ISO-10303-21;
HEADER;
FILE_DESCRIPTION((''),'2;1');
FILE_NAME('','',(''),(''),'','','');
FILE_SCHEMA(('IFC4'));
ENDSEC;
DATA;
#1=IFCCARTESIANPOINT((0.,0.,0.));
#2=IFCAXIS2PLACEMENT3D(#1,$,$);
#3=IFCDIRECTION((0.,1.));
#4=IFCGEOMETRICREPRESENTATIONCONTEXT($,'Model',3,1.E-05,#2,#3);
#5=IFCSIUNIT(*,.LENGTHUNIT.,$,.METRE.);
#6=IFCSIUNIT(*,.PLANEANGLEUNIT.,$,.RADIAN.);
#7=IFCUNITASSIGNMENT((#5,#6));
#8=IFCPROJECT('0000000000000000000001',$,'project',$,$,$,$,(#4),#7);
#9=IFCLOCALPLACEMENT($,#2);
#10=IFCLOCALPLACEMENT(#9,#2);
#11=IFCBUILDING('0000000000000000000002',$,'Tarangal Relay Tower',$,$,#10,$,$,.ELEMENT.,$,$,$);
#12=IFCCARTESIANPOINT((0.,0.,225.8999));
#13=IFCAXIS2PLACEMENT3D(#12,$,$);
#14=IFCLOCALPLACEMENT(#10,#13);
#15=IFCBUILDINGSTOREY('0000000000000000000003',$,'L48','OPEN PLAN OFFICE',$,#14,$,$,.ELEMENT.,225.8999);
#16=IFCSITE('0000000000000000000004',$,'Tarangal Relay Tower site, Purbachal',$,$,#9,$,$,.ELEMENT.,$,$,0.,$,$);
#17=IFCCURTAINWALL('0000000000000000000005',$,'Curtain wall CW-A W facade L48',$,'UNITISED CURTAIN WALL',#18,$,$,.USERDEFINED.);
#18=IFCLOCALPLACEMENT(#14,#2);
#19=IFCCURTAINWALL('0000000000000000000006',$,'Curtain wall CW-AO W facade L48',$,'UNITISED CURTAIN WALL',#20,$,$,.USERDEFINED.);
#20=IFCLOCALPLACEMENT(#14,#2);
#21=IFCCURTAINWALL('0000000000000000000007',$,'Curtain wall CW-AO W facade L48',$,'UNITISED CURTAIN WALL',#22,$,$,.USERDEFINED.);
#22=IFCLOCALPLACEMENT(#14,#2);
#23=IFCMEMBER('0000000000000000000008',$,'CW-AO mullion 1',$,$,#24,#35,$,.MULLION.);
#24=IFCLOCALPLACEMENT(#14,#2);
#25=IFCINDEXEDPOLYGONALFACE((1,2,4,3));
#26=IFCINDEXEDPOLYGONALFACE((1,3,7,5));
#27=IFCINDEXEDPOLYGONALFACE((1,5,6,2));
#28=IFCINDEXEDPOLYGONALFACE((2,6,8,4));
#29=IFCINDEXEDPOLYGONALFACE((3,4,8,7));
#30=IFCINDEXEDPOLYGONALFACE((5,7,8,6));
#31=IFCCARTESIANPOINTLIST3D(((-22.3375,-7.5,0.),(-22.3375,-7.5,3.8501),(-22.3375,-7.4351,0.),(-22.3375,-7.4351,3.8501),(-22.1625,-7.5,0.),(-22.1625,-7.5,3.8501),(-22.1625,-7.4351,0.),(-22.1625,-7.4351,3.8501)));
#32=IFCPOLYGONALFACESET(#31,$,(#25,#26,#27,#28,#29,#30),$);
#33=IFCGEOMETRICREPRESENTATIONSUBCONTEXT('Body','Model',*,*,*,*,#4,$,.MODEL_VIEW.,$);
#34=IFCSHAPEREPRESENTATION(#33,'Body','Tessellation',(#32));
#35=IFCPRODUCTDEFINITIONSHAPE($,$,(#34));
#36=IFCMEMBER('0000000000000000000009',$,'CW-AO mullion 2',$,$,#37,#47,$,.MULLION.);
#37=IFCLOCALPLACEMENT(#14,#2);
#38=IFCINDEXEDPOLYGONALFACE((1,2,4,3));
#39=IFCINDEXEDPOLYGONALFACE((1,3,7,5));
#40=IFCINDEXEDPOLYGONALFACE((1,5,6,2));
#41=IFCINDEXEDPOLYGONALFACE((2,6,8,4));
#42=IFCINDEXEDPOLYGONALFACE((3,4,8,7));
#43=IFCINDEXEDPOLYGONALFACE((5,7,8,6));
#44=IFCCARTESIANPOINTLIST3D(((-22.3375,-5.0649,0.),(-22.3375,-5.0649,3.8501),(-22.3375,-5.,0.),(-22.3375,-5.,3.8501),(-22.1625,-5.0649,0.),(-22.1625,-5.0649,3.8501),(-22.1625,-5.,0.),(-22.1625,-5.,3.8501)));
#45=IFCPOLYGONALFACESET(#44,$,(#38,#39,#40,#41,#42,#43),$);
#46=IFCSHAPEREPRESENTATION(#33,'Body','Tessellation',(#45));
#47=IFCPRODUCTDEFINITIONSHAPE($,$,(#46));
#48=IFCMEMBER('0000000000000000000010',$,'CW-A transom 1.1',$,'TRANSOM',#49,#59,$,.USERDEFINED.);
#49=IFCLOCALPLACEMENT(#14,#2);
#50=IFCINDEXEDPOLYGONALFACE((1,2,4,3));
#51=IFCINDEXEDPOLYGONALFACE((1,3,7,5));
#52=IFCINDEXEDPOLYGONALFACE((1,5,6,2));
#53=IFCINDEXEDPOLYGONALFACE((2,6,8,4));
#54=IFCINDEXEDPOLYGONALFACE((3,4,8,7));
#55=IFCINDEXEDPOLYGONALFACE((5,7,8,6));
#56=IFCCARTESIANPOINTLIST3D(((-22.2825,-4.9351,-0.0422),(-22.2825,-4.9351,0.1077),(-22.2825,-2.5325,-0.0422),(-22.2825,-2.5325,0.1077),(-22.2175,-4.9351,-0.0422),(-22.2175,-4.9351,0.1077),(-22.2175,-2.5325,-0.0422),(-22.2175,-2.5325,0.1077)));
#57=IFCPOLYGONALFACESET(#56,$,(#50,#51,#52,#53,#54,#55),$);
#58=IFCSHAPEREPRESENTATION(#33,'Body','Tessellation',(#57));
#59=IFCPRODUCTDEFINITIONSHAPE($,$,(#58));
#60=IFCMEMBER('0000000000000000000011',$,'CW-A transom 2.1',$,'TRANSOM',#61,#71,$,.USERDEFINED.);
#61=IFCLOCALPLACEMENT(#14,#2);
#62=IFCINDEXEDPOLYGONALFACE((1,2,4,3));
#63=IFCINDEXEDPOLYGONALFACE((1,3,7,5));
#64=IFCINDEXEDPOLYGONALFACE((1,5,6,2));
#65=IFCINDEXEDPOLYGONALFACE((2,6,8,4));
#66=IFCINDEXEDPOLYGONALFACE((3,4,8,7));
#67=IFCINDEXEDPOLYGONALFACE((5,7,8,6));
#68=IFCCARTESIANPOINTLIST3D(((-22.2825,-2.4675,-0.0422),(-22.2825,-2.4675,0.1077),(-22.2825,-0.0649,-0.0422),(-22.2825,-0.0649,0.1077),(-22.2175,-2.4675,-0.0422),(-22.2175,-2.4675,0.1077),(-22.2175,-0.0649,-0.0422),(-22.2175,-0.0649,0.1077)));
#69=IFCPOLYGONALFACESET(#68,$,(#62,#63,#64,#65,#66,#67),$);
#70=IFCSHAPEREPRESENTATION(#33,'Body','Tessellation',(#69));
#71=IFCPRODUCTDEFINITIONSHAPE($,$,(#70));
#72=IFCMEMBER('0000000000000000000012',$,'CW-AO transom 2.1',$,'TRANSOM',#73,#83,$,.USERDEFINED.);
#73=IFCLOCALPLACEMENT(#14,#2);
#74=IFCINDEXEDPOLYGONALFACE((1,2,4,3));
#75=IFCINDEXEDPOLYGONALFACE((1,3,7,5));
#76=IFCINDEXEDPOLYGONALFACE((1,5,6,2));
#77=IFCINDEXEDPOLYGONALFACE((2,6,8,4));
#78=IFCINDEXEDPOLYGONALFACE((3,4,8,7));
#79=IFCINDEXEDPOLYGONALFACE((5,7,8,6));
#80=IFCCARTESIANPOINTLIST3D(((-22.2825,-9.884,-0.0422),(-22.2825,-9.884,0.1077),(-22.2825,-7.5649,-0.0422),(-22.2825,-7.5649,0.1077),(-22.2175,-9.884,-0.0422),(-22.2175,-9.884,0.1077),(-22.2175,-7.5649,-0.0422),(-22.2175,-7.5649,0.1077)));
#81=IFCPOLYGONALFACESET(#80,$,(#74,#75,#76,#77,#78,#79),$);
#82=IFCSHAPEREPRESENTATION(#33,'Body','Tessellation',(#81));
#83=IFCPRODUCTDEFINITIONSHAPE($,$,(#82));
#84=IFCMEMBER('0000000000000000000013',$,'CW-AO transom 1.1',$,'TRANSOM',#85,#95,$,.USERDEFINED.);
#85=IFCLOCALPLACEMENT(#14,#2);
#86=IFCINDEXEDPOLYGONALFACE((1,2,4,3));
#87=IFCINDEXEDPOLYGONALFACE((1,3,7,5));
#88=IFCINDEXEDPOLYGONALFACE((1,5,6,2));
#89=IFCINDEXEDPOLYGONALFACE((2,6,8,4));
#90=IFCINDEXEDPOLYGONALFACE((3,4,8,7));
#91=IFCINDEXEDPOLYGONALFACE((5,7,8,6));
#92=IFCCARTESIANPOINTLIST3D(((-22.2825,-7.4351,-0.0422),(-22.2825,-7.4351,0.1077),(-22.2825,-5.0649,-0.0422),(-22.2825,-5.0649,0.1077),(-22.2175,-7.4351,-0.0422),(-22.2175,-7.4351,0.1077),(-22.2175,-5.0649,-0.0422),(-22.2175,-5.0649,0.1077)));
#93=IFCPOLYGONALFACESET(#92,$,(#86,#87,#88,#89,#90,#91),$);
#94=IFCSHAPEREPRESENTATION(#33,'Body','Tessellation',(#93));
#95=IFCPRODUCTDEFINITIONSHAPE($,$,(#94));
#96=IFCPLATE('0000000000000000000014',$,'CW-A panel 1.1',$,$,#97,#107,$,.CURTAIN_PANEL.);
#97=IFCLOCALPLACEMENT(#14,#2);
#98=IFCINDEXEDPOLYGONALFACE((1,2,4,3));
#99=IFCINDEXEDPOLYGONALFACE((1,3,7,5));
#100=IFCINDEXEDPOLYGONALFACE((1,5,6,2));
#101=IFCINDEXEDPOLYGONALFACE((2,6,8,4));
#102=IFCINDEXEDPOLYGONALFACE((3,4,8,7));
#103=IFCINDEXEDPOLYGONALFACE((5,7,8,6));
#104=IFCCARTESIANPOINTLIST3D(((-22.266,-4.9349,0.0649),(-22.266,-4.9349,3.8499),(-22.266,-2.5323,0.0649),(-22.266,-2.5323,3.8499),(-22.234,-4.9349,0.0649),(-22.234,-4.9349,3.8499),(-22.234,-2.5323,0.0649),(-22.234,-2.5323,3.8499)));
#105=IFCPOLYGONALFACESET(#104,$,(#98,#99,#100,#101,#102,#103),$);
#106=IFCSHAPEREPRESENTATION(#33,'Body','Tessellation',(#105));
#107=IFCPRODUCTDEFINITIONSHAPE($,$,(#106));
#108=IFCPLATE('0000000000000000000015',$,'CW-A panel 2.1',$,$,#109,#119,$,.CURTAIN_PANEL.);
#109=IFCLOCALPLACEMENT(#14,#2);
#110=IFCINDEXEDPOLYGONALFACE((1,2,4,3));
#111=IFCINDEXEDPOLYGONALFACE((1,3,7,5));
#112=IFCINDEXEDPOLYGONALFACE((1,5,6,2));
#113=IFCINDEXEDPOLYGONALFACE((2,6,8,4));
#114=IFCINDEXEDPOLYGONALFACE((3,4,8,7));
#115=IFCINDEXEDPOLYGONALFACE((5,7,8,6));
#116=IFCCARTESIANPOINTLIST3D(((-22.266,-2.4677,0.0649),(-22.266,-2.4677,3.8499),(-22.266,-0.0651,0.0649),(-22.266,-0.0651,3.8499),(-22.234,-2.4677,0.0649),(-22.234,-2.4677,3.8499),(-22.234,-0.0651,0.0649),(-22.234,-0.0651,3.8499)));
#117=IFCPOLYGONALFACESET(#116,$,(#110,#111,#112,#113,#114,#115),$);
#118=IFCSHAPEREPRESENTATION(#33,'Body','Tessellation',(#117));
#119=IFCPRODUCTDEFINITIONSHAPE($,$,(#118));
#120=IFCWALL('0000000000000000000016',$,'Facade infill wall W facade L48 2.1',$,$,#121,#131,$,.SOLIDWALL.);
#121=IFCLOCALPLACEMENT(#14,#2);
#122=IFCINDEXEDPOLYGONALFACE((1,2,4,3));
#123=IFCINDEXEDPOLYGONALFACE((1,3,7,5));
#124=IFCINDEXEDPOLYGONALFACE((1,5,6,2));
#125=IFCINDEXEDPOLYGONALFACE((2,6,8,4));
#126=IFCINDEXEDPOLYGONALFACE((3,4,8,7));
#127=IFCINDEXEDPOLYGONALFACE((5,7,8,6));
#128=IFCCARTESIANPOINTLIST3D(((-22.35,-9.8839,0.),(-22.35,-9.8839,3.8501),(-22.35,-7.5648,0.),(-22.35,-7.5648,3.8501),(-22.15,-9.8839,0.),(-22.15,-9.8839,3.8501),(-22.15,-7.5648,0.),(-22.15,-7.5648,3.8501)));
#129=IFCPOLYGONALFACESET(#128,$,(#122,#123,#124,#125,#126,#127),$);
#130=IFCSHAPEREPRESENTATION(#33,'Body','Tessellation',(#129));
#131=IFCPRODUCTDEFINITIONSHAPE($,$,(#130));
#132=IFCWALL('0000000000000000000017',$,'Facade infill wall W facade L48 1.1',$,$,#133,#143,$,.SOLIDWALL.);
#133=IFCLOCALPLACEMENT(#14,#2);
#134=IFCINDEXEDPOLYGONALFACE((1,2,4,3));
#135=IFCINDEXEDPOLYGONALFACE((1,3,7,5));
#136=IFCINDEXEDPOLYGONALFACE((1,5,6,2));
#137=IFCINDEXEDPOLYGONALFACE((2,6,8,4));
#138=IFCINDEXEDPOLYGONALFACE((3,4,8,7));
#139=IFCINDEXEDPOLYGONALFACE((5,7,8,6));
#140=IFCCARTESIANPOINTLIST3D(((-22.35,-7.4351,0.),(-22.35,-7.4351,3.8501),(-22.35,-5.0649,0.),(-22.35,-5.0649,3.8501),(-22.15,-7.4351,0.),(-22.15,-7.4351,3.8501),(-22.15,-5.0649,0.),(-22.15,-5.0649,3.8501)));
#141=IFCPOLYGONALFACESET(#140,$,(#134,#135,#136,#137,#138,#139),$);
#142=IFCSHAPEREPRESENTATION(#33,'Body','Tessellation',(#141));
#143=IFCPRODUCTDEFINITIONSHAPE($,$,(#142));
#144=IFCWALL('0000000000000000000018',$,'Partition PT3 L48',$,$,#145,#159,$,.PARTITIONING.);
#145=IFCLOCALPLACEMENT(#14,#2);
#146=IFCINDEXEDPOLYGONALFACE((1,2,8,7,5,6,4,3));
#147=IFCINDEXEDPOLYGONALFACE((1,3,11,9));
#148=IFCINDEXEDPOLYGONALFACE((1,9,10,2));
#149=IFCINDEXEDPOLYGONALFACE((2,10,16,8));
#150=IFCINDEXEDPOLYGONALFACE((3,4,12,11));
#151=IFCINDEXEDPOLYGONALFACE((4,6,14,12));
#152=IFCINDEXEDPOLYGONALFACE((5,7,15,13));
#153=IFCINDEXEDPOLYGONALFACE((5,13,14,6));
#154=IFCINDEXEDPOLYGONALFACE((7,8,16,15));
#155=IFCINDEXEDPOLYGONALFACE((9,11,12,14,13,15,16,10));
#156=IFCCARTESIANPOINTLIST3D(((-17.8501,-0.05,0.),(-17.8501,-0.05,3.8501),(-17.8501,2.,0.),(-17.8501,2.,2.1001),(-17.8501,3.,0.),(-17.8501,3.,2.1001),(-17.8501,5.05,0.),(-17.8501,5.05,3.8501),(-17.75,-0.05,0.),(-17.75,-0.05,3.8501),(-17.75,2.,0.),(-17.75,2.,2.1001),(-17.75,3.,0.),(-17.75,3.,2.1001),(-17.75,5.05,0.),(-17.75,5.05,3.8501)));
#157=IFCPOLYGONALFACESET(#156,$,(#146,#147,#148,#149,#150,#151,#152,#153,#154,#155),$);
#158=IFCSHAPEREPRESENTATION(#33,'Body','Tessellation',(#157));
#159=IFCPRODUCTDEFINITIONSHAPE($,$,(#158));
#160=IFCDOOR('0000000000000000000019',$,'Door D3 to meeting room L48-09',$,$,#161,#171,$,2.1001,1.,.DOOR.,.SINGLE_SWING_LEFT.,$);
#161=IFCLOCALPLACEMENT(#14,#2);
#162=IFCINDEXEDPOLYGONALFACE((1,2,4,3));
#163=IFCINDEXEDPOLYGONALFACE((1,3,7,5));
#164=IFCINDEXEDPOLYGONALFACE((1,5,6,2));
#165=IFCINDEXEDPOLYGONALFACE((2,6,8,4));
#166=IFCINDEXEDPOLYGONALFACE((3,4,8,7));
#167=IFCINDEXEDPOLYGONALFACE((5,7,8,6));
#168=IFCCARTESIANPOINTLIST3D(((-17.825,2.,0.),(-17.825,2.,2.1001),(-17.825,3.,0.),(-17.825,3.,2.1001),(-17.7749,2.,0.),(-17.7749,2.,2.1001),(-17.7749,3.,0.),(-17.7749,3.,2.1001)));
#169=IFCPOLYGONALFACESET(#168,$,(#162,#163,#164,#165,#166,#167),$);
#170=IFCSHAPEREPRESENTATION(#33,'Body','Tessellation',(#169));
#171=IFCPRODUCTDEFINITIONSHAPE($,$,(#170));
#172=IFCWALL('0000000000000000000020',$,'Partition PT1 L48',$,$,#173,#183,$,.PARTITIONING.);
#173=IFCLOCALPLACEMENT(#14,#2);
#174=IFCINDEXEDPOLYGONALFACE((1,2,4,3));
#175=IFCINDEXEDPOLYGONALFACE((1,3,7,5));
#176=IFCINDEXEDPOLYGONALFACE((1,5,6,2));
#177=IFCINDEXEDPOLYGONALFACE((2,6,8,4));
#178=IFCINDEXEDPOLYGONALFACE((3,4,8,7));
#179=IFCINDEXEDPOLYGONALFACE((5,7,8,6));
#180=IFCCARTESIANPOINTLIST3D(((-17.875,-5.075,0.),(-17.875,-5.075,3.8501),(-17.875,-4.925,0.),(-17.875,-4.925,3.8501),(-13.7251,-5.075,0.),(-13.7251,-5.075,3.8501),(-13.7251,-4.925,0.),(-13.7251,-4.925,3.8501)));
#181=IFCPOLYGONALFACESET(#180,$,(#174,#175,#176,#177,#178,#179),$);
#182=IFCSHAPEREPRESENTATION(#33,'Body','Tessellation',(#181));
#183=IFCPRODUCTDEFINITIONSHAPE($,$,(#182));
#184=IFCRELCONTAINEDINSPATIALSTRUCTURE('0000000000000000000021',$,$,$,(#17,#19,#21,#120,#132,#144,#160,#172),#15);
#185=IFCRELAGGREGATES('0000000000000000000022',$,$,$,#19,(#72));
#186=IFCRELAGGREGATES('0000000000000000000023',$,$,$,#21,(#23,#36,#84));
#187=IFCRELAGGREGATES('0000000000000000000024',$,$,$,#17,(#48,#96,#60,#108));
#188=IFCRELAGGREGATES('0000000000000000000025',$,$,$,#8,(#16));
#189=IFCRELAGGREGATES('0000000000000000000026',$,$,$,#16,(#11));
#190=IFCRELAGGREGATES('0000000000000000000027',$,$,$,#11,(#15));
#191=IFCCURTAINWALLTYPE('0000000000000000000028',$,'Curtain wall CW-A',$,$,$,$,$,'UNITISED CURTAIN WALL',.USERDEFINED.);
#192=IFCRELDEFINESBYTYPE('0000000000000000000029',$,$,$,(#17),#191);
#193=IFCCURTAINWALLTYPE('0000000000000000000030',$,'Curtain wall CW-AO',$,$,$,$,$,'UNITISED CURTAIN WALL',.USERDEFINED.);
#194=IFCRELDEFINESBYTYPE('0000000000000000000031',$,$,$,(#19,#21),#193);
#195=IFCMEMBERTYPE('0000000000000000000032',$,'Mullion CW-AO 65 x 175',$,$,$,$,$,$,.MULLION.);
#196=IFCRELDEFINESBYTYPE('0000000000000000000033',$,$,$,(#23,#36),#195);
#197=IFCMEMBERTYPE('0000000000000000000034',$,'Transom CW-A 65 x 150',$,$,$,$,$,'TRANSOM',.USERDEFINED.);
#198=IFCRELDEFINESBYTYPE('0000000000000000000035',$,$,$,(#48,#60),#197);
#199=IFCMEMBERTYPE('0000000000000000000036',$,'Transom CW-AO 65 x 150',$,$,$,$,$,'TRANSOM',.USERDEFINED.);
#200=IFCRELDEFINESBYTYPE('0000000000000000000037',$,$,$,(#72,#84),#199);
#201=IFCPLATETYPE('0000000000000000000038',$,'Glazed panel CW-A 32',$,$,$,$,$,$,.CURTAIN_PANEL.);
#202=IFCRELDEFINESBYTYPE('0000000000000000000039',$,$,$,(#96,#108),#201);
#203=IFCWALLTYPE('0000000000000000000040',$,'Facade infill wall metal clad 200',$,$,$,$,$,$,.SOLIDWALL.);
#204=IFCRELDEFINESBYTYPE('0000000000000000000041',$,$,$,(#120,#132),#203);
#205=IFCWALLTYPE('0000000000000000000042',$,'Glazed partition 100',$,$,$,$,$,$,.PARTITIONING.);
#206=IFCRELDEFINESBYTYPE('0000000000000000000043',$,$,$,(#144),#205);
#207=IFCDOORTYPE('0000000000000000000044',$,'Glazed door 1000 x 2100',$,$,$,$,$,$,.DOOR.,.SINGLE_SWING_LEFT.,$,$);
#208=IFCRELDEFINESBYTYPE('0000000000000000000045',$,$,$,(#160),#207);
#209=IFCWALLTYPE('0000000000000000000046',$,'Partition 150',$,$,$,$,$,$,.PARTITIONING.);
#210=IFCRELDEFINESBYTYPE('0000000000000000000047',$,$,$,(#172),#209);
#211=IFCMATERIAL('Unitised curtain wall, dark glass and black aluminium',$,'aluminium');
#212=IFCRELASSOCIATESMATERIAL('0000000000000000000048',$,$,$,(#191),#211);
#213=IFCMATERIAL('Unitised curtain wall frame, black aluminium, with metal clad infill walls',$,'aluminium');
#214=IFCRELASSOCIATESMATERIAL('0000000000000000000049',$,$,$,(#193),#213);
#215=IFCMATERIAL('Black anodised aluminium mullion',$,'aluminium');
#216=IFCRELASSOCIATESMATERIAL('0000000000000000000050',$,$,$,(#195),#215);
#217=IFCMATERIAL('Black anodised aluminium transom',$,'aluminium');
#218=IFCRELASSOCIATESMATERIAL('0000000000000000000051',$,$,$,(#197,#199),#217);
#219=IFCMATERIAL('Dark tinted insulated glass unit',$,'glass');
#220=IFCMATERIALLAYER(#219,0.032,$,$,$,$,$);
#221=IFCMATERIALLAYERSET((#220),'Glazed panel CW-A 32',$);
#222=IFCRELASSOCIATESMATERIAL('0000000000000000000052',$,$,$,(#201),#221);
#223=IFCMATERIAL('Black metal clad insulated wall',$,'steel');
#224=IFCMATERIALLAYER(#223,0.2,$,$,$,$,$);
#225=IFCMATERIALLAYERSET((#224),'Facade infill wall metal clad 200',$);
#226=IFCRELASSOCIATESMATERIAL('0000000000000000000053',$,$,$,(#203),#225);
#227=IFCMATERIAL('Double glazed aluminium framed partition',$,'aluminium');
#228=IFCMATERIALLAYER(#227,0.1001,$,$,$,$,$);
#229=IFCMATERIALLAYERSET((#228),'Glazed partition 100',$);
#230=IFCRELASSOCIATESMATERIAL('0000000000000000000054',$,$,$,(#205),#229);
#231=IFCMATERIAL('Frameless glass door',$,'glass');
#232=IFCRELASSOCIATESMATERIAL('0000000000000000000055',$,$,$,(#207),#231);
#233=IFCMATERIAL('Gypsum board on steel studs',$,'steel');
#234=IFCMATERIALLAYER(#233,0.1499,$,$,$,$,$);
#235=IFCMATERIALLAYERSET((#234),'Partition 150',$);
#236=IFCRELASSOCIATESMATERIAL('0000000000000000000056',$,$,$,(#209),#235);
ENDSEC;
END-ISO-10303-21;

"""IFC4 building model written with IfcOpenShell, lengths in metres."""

from ifc_helpers import new_model, si_unit, direction, frame, frame_2d, origin, origin_2d, place, context, subcontext, project, spatial, rectangle, extrude, material, layer, layer_set, material_profile, profile_set, type_object, element, fill, aggregate, save


model = new_model("IFC4")

# Units and contexts
model_context = context("Model", 3, precision=1e-05, world=origin(), true_north=direction((0.0, 1.0)))
body_context = subcontext(model_context, "Body", "Model", "MODEL_VIEW")
ifc_project = project(units=[si_unit("LENGTHUNIT", "METRE"), si_unit("PLANEANGLEUNIT", "RADIAN")], contexts=[model_context])

# Site, building, storey
site_placement = place(None, origin())
site = spatial("IfcSite", under=ifc_project, at=site_placement, Name="Tarangal Relay Tower site, Purbachal", CompositionType="ELEMENT", RefElevation=0.0)
building_placement = place(site_placement, origin())
building = spatial("IfcBuilding", under=site, at=building_placement, Name="Tarangal Relay Tower", CompositionType="ELEMENT")
storey_placement = place(building_placement, frame((0.0, 0.0, 225.8999)))
storey = spatial("IfcBuildingStorey", under=building, at=storey_placement, Name="L48", Description="OPEN PLAN OFFICE", CompositionType="ELEMENT", Elevation=225.8999)

# Curtain walls, members
ifc_material_1 = material(Name="Unitised curtain wall, dark glass and black aluminium", Category="aluminium")
curtain_wall_type_1 = type_object("IfcCurtainWallType", Name="Curtain wall CW-A", ElementType="UNITISED CURTAIN WALL", PredefinedType="USERDEFINED", material=ifc_material_1)
curtain_wall_1_placement = place(storey_placement, origin())
curtain_wall_1 = element("IfcCurtainWall", 1, at=curtain_wall_1_placement, inside=storey, type_object=curtain_wall_type_1, Name="Curtain wall CW-A W facade L48", ObjectType="UNITISED CURTAIN WALL", PredefinedType="USERDEFINED")
ifc_material_2 = material(Name="Black anodised aluminium mullion", Category="aluminium")
ifc_material_3 = material(Name="Unitised curtain wall frame, black aluminium, with metal clad infill walls", Category="aluminium")
curtain_wall_type_2 = type_object("IfcCurtainWallType", Name="Curtain wall CW-AO", ElementType="UNITISED CURTAIN WALL", PredefinedType="USERDEFINED", material=ifc_material_3)
curtain_wall_2_placement = place(storey_placement, origin())
curtain_wall_2 = element("IfcCurtainWall", 2, at=curtain_wall_2_placement, inside=storey, type_object=curtain_wall_type_2, Name="Curtain wall CW-AO W facade L48", ObjectType="UNITISED CURTAIN WALL", PredefinedType="USERDEFINED")
ifc_material_profile_1 = material_profile(ifc_material_2, rectangle(XDim=0.175, YDim=0.0649, at=origin_2d()), Name="CW-AOM 65X175")
ifc_profile_set_1 = profile_set([ifc_material_profile_1], Name="Black anodised aluminium mullion")
member_type_1 = type_object("IfcMemberType", Name="Mullion CW-AO 65 x 175", PredefinedType="MULLION", material=ifc_profile_set_1)
curtain_wall_3_placement = place(storey_placement, origin())
curtain_wall_3 = element("IfcCurtainWall", 3, at=curtain_wall_3_placement, inside=storey, type_object=curtain_wall_type_2, Name="Curtain wall CW-AO W facade L48", ObjectType="UNITISED CURTAIN WALL", PredefinedType="USERDEFINED")
member_1_placement = place(storey_placement, frame((-22.25, -7.4675, 0.0), z_axis=(0.0, 0.0, 1.0), x_axis=(-1.0, 0.0, 0.0)))
member_1 = element("IfcMember", 4, at=member_1_placement, type_object=member_type_1, Name="CW-AO mullion 1", PredefinedType="MULLION", context=body_context, shape_type="SweptSolid", body=[
    extrude(rectangle(XDim=0.175, YDim=0.0649, at=origin_2d()), origin(), (0.0, 0.0, 1.0), 3.8501),
])
member_2_placement = place(storey_placement, frame((-22.25, -5.0325, 0.0), z_axis=(0.0, 0.0, 1.0), x_axis=(-1.0, 0.0, 0.0)))
member_2 = element("IfcMember", 5, at=member_2_placement, type_object=member_type_1, Name="CW-AO mullion 2", PredefinedType="MULLION", context=body_context, shape_type="SweptSolid", body=[
    extrude(rectangle(XDim=0.175, YDim=0.0649, at=origin_2d()), origin(), (0.0, 0.0, 1.0), 3.8501),
])

# Members
ifc_material_4 = material(Name="Black anodised aluminium transom", Category="aluminium")
ifc_material_profile_2 = material_profile(ifc_material_4, rectangle(XDim=0.0649, YDim=0.1499, at=origin_2d()), Name="CW-AT 65X150")
ifc_profile_set_2 = profile_set([ifc_material_profile_2], Name="Black anodised aluminium transom")
member_type_2 = type_object("IfcMemberType", Name="Transom CW-A 65 x 150", ElementType="TRANSOM", PredefinedType="USERDEFINED", material=ifc_profile_set_2)
member_3_placement = place(storey_placement, frame((-22.25, -4.9351, 0.0327), z_axis=(0.0, 1.0, 0.0), x_axis=(-1.0, 0.0, 0.0)))
member_3 = element("IfcMember", 6, at=member_3_placement, type_object=member_type_2, Name="CW-A transom 1.1", ObjectType="TRANSOM", PredefinedType="USERDEFINED", context=body_context, shape_type="SweptSolid", body=[
    extrude(rectangle(XDim=0.0649, YDim=0.1499, at=origin_2d()), origin(), (0.0, 0.0, 1.0), 2.4026),
])
member_4_placement = place(storey_placement, frame((-22.25, -2.4675, 0.0327), z_axis=(0.0, 1.0, 0.0), x_axis=(-1.0, 0.0, 0.0)))
member_4 = element("IfcMember", 7, at=member_4_placement, type_object=member_type_2, Name="CW-A transom 2.1", ObjectType="TRANSOM", PredefinedType="USERDEFINED", context=body_context, shape_type="SweptSolid", body=[
    extrude(rectangle(XDim=0.0649, YDim=0.1499, at=origin_2d()), origin(), (0.0, 0.0, 1.0), 2.4026),
])
ifc_material_profile_3 = material_profile(ifc_material_4, rectangle(XDim=0.0649, YDim=0.1499, at=origin_2d()), Name="CW-AOT 65X150")
ifc_profile_set_3 = profile_set([ifc_material_profile_3], Name="Black anodised aluminium transom")
member_type_3 = type_object("IfcMemberType", Name="Transom CW-AO 65 x 150", ElementType="TRANSOM", PredefinedType="USERDEFINED", material=ifc_profile_set_3)
member_5_placement = place(storey_placement, frame((-22.25, -9.884, 0.0327), z_axis=(0.0, 1.0, 0.0), x_axis=(-1.0, 0.0, 0.0)))
member_5 = element("IfcMember", 8, at=member_5_placement, type_object=member_type_3, Name="CW-AO transom 2.1", ObjectType="TRANSOM", PredefinedType="USERDEFINED", context=body_context, shape_type="SweptSolid", body=[
    extrude(rectangle(XDim=0.0649, YDim=0.1499, at=origin_2d()), origin(), (0.0, 0.0, 1.0), 2.3191),
])
aggregate(curtain_wall_2, [member_5])
member_6_placement = place(storey_placement, frame((-22.25, -7.4351, 0.0327), z_axis=(0.0, 1.0, 0.0), x_axis=(-1.0, 0.0, 0.0)))
member_6 = element("IfcMember", 9, at=member_6_placement, type_object=member_type_3, Name="CW-AO transom 1.1", ObjectType="TRANSOM", PredefinedType="USERDEFINED", context=body_context, shape_type="SweptSolid", body=[
    extrude(rectangle(XDim=0.0649, YDim=0.1499, at=origin_2d()), origin(), (0.0, 0.0, 1.0), 2.3701),
])
aggregate(curtain_wall_3, [member_1, member_2, member_6])

# Plates
ifc_material_5 = material(Name="Dark tinted insulated glass unit", Category="glass")
ifc_layer_1 = layer(ifc_material_5, 0.032)
ifc_layer_set_1 = layer_set([ifc_layer_1], Name="Glazed panel CW-A 32")
plate_type = type_object("IfcPlateType", Name="Glazed panel CW-A 32", PredefinedType="CURTAIN_PANEL", material=ifc_layer_set_1)
plate_1_placement = place(storey_placement, frame((-22.25, -3.7336, 0.0649), z_axis=(0.0, 0.0, 1.0), x_axis=(0.0, 1.0, 0.0)))
plate_1 = element("IfcPlate", 10, at=plate_1_placement, type_object=plate_type, Name="CW-A panel 1.1", PredefinedType="CURTAIN_PANEL", context=body_context, shape_type="SweptSolid", body=[
    extrude(rectangle(XDim=2.4026, YDim=0.032, at=origin_2d()), origin(), (0.0, 0.0, 1.0), 3.7849),
])
plate_2_placement = place(storey_placement, frame((-22.25, -1.2664, 0.0649), z_axis=(0.0, 0.0, 1.0), x_axis=(0.0, 1.0, 0.0)))
plate_2 = element("IfcPlate", 11, at=plate_2_placement, type_object=plate_type, Name="CW-A panel 2.1", PredefinedType="CURTAIN_PANEL", context=body_context, shape_type="SweptSolid", body=[
    extrude(rectangle(XDim=2.4026, YDim=0.032, at=origin_2d()), origin(), (0.0, 0.0, 1.0), 3.7849),
])
aggregate(curtain_wall_1, [member_3, plate_1, member_4, plate_2])

# Walls
ifc_material_6 = material(Name="Black metal clad insulated wall", Category="steel")
ifc_layer_2 = layer(ifc_material_6, 0.2)
ifc_layer_set_2 = layer_set([ifc_layer_2], Name="Facade infill wall metal clad 200")
wall_type_1 = type_object("IfcWallType", Name="Facade infill wall metal clad 200", PredefinedType="SOLIDWALL", material=ifc_layer_set_2)
wall_1_placement = place(storey_placement, frame((-22.25, -9.884, 0.0), z_axis=(0.0, 0.0, 1.0), x_axis=(0.0, 1.0, 0.0)))
element("IfcWall", 12, at=wall_1_placement, inside=storey, type_object=wall_type_1, Name="Facade infill wall W facade L48 2.1", PredefinedType="SOLIDWALL", context=body_context, shape_type="SweptSolid", body=[
    extrude(rectangle(XDim=2.3191, YDim=0.2, at=frame_2d((1.1597, 0.0))), origin(), (0.0, 0.0, 1.0), 3.8501),
])
wall_2_placement = place(storey_placement, frame((-22.25, -7.4351, 0.0), z_axis=(0.0, 0.0, 1.0), x_axis=(0.0, 1.0, 0.0)))
element("IfcWall", 13, at=wall_2_placement, inside=storey, type_object=wall_type_1, Name="Facade infill wall W facade L48 1.1", PredefinedType="SOLIDWALL", context=body_context, shape_type="SweptSolid", body=[
    extrude(rectangle(XDim=2.3701, YDim=0.2, at=frame_2d((1.1851, 0.0))), origin(), (0.0, 0.0, 1.0), 3.8501),
])

# Wall, opening, door
ifc_material_7 = material(Name="Double glazed aluminium framed partition", Category="aluminium")
ifc_layer_3 = layer(ifc_material_7, 0.1001)
ifc_layer_set_3 = layer_set([ifc_layer_3], Name="Glazed partition 100")
wall_type_2 = type_object("IfcWallType", Name="Glazed partition 100", PredefinedType="PARTITIONING", material=ifc_layer_set_3)
wall_3_placement = place(storey_placement, frame((-17.8, -0.05, 0.0), z_axis=(0.0, 0.0, 1.0), x_axis=(0.0, 1.0, 0.0)))
wall_3 = element("IfcWall", 14, at=wall_3_placement, inside=storey, type_object=wall_type_2, Name="Partition PT3 L48", PredefinedType="PARTITIONING", context=body_context, shape_type="SweptSolid", body=[
    extrude(rectangle(XDim=5.1001, YDim=0.1001, at=frame_2d((2.55, 0.0))), origin(), (0.0, 0.0, 1.0), 3.8501),
])
opening_1_placement = place(wall_3_placement, frame((2.05, 0.0, 0.0)))
opening_1 = element("IfcOpeningElement", 15, at=opening_1_placement, cuts=wall_3, PredefinedType="OPENING", context=body_context, shape_type="SweptSolid", body=[
    extrude(rectangle(XDim=1.0, YDim=2.1001, at=frame_2d((0.5, 1.05))), frame((0.0, 0.0601, 0.0), z_axis=(0.0, -1.0, 0.0), x_axis=(1.0, 0.0, 0.0)), (0.0, 0.0, 1.0), 0.1201),
])
ifc_material_8 = material(Name="Frameless glass door", Category="glass")
door_type_1 = type_object("IfcDoorType", Name="Glazed door 1000 x 2100", OperationType="SINGLE_SWING_LEFT", PredefinedType="DOOR", material=ifc_material_8)
door_1_placement = place(opening_1_placement, origin())
door_1 = element("IfcDoor", 16, at=door_1_placement, inside=storey, type_object=door_type_1, Name="Door D3 to meeting room L48-09", OperationType="SINGLE_SWING_LEFT", OverallHeight=2.1001, OverallWidth=1.0, PredefinedType="DOOR", context=body_context, shape_type="SweptSolid", body=[
    extrude(rectangle(XDim=1.0, YDim=2.1001, at=frame_2d((0.5, 1.05))), frame((0.0, 0.0249, 0.0), z_axis=(0.0, -1.0, 0.0), x_axis=(1.0, 0.0, 0.0)), (0.0, 0.0, 1.0), 0.05),
])
fill(opening_1, door_1)

# Wall
ifc_material_9 = material(Name="Gypsum board on steel studs", Category="steel")
ifc_layer_4 = layer(ifc_material_9, 0.1499)
ifc_layer_set_4 = layer_set([ifc_layer_4], Name="Partition 150")
wall_type_3 = type_object("IfcWallType", Name="Partition 150", PredefinedType="PARTITIONING", material=ifc_layer_set_4)
wall_4_placement = place(storey_placement, frame((-17.875, -5.0, 0.0), z_axis=(0.0, 0.0, 1.0), x_axis=(1.0, 0.0, 0.0)))
element("IfcWall", 17, at=wall_4_placement, inside=storey, type_object=wall_type_3, Name="Partition PT1 L48", PredefinedType="PARTITIONING", context=body_context, shape_type="SweptSolid", body=[
    extrude(rectangle(XDim=4.1499, YDim=0.1499, at=frame_2d((2.075, 0.0))), origin(), (0.0, 0.0, 1.0), 3.8501),
])

save(model, "model.ifc")
